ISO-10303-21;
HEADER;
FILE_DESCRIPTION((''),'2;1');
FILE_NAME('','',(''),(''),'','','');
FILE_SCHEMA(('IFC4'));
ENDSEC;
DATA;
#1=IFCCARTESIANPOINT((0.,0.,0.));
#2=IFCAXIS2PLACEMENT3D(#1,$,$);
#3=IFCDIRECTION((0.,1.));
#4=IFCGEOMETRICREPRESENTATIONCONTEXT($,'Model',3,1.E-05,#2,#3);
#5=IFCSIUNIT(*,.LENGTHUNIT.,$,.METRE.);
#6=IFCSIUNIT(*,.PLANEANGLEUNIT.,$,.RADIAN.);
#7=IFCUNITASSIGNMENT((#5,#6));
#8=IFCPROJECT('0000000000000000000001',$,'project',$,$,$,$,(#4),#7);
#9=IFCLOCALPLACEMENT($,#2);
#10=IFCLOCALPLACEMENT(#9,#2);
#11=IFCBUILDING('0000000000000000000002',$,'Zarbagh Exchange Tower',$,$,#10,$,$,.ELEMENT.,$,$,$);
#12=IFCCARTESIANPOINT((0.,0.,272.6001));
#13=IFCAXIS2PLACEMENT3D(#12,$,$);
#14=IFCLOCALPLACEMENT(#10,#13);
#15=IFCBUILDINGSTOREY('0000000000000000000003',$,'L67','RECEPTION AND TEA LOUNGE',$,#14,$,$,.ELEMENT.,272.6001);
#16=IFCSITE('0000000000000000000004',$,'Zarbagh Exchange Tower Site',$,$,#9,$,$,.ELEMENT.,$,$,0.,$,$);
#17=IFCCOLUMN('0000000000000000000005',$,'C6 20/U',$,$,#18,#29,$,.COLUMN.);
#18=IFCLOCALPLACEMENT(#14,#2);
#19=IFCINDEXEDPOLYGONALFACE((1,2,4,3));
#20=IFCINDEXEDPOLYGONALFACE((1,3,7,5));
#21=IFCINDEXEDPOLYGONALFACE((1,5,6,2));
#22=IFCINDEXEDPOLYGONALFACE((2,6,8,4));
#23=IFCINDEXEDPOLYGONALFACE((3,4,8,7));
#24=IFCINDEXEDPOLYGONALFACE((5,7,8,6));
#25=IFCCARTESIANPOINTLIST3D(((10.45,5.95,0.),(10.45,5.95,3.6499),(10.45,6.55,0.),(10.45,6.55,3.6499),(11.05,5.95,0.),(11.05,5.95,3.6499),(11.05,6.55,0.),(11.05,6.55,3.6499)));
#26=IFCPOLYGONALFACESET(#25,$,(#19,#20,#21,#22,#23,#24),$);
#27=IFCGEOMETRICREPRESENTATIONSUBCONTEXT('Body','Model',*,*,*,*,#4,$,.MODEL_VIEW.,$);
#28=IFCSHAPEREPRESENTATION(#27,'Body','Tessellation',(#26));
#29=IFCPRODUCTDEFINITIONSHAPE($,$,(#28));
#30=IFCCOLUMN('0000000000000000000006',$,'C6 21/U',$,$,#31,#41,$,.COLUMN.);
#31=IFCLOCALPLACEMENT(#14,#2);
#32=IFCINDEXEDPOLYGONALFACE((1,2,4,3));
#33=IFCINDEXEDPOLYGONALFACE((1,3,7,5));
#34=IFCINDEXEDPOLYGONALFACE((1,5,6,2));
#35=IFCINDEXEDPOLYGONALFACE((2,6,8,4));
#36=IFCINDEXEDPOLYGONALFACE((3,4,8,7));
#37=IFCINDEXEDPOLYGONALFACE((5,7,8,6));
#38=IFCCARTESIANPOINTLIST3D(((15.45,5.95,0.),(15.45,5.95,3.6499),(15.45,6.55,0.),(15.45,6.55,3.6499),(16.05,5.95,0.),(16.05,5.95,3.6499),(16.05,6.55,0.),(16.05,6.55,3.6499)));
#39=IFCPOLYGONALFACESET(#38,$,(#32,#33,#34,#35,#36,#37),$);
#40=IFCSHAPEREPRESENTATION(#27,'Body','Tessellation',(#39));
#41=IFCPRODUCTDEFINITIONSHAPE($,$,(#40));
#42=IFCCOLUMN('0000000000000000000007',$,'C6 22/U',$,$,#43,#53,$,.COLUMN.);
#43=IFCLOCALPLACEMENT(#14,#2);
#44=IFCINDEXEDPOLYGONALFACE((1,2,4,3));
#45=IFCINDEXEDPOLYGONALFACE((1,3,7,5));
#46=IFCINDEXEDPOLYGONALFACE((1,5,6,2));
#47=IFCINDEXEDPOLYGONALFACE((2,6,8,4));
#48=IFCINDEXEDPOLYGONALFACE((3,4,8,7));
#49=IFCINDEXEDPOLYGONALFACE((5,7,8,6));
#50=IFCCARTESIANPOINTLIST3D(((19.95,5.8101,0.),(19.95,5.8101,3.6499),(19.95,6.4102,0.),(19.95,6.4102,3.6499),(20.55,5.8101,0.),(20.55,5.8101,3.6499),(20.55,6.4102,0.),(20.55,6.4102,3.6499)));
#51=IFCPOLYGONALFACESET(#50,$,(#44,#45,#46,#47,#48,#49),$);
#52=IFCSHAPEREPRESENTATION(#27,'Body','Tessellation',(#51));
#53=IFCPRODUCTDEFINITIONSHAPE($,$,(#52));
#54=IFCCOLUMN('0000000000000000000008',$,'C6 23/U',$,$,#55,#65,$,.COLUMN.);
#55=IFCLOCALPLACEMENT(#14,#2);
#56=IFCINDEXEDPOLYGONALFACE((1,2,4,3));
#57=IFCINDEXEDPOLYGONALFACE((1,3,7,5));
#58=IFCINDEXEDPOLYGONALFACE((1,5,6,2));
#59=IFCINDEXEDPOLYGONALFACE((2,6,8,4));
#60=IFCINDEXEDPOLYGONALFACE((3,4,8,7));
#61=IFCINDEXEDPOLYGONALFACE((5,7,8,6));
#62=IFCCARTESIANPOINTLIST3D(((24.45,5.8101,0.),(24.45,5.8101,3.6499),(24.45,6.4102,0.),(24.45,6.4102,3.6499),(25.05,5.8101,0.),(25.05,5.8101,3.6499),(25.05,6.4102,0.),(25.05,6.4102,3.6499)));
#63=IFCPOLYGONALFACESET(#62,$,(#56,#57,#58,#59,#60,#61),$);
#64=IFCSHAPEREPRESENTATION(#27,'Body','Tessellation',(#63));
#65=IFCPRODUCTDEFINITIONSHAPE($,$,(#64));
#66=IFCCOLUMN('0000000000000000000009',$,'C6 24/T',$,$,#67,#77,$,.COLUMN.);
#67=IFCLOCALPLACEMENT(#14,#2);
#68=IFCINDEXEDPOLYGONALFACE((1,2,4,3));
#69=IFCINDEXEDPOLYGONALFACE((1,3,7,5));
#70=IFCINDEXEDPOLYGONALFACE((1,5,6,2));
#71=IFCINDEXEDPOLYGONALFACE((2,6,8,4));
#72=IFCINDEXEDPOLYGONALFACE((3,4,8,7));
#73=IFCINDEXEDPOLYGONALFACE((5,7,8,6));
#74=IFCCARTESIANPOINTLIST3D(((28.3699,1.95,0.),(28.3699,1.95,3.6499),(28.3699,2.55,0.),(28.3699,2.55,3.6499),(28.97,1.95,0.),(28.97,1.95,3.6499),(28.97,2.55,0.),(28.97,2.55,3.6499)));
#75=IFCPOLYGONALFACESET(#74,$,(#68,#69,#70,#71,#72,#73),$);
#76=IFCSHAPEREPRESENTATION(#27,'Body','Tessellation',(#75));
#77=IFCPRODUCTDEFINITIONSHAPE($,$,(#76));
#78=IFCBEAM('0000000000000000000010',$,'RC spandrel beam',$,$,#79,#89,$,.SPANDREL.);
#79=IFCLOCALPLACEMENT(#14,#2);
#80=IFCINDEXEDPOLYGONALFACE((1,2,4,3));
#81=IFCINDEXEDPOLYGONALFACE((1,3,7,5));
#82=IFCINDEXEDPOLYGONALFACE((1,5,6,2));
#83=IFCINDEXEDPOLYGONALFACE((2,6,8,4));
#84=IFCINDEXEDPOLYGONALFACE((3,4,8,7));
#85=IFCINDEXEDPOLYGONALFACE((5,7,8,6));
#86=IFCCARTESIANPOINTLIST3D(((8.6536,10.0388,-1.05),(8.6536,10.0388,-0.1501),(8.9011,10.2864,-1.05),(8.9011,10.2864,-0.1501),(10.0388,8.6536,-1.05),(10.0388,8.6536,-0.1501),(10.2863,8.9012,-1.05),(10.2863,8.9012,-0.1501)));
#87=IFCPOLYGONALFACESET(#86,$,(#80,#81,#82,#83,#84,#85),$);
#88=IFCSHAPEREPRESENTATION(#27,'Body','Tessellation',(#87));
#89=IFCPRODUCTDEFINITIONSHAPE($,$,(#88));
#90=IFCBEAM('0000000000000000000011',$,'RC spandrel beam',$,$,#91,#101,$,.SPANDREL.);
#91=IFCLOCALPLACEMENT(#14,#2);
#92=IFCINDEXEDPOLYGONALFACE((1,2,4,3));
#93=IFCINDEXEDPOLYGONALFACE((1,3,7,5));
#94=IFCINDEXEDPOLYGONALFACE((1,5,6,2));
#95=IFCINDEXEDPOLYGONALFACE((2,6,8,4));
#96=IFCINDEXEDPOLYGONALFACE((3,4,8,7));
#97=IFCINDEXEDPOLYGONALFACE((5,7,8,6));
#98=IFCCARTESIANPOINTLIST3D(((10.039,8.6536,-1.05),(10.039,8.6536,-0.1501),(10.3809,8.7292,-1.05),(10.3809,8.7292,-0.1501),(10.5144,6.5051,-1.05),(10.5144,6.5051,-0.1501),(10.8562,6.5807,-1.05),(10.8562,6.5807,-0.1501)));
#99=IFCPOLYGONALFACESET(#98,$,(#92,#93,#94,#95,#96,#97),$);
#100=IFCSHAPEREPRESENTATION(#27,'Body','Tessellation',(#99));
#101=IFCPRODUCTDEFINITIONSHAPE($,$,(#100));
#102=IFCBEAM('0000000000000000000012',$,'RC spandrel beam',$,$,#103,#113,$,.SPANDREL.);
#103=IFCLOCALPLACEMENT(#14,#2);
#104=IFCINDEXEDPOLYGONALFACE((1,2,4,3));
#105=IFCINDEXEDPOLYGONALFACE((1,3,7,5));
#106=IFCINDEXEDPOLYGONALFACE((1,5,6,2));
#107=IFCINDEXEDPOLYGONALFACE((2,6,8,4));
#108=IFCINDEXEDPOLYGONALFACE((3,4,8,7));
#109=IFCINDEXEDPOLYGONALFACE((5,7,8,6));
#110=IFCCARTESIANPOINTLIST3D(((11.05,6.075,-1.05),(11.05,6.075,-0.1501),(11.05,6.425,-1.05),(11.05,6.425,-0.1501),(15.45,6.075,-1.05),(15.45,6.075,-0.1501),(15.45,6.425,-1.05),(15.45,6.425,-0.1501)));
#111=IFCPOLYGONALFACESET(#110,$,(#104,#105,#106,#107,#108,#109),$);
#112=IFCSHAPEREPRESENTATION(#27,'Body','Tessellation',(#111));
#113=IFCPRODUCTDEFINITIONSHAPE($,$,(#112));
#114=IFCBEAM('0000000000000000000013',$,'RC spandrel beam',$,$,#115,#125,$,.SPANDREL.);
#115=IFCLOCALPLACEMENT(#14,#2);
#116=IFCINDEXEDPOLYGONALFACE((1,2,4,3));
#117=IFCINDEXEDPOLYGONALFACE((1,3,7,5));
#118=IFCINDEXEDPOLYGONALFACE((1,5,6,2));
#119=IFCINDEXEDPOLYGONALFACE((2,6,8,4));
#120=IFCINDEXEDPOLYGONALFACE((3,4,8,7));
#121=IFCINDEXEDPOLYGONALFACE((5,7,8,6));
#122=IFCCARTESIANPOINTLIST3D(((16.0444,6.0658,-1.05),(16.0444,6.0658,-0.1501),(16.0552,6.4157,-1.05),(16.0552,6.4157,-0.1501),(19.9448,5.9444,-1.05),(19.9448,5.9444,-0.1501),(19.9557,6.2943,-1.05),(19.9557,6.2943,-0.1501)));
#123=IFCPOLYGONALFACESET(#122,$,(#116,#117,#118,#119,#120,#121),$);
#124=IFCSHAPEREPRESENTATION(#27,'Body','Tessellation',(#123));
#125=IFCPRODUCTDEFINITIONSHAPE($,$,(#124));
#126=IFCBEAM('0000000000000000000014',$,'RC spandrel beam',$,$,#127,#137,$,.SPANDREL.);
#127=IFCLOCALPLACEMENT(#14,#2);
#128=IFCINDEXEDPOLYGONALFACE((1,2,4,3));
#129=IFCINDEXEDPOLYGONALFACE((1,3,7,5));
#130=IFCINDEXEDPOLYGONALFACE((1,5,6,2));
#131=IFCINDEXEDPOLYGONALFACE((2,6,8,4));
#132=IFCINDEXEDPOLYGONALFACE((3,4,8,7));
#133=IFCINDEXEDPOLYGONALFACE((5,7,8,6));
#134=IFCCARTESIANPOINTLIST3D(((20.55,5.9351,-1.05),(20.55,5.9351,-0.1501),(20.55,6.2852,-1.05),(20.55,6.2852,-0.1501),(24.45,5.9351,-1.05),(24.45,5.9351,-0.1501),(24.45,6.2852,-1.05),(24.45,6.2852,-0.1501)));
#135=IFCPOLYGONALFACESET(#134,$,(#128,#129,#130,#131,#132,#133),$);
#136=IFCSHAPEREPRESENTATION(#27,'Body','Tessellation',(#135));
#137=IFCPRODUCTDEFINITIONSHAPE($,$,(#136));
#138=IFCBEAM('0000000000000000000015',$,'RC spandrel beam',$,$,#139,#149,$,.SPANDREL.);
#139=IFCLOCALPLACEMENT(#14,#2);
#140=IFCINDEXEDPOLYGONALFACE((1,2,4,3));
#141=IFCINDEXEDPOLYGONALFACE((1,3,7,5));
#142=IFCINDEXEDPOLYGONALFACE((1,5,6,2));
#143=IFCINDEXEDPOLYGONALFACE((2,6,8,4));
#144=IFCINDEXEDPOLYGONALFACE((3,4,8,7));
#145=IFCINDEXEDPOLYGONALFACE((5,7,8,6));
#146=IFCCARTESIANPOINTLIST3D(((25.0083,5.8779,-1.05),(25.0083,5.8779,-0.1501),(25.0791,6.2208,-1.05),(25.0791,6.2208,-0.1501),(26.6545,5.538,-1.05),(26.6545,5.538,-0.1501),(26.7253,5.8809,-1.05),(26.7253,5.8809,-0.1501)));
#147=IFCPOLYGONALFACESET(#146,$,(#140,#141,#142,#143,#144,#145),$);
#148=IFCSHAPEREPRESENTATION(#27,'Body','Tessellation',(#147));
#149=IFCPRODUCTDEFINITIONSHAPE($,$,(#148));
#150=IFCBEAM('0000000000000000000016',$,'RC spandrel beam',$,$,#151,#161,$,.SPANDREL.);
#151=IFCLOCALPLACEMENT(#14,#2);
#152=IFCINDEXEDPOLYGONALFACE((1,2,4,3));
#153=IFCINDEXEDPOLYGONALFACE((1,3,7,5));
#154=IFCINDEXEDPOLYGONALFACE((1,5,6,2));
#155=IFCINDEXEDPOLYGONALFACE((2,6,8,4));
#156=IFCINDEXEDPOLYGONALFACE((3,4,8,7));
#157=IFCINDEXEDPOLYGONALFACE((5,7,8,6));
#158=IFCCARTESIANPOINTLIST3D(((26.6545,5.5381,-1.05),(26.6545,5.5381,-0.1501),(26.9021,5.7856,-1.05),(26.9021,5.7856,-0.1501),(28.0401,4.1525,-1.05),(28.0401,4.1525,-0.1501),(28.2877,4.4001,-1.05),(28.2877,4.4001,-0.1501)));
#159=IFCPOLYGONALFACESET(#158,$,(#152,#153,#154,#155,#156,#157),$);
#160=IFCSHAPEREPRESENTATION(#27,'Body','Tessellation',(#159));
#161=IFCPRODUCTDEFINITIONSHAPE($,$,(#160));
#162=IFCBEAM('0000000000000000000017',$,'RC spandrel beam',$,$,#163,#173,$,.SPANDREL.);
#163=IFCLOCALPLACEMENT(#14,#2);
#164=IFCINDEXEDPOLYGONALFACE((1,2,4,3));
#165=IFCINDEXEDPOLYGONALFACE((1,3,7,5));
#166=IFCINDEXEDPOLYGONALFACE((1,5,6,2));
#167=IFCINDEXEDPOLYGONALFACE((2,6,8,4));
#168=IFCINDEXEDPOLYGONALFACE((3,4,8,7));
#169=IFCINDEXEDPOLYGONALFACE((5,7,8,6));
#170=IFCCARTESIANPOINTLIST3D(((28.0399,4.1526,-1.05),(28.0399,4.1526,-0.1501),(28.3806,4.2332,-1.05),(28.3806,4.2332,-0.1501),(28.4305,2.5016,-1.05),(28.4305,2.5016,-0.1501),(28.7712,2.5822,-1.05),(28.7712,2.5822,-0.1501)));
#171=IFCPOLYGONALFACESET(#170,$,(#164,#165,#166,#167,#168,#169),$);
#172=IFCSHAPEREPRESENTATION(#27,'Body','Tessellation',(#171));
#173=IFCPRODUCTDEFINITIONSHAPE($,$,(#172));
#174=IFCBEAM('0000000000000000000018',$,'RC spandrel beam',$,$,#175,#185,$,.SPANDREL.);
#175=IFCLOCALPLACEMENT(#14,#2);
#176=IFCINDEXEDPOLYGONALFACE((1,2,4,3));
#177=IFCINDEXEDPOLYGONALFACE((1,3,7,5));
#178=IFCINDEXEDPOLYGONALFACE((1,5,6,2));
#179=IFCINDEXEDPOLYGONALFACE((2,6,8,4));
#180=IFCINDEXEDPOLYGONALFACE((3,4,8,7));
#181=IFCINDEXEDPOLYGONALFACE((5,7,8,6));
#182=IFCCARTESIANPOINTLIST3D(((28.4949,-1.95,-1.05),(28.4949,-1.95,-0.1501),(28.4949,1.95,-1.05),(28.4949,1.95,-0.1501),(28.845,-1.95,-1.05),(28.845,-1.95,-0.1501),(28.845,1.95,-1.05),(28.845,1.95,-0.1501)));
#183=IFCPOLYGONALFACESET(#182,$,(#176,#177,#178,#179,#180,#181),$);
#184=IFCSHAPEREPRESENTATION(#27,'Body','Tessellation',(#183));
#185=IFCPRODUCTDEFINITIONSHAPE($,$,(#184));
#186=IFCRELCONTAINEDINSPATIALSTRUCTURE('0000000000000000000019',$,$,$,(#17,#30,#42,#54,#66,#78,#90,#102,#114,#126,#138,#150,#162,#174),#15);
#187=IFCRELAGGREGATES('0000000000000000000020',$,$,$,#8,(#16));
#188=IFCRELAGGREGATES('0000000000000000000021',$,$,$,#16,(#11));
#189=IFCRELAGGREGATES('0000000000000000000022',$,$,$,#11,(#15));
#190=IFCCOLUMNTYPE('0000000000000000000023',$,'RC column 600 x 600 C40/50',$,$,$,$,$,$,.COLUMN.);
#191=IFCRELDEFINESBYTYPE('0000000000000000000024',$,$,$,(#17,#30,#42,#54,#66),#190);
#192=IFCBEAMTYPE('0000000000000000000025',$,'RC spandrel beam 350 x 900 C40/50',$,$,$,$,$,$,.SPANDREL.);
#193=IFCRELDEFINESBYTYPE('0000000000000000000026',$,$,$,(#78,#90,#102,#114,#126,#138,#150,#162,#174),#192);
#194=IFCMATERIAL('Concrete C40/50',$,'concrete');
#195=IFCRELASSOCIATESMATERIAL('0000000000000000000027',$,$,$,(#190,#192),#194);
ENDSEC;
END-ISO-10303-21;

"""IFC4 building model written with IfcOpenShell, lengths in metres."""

from ifc_helpers import new_model, si_unit, direction, frame, origin, origin_2d, place, context, subcontext, project, spatial, rectangle, extrude, material, material_profile, profile_set, type_object, element, save


model = new_model("IFC4")

# Units and contexts
model_context = context("Model", 3, precision=1e-05, world=origin(), true_north=direction((0.0, 1.0)))
body_context = subcontext(model_context, "Body", "Model", "MODEL_VIEW")
ifc_project = project(units=[si_unit("LENGTHUNIT", "METRE"), si_unit("PLANEANGLEUNIT", "RADIAN")], contexts=[model_context])

# Site, building, storey
site_placement = place(None, origin())
site = spatial("IfcSite", under=ifc_project, at=site_placement, Name="Zarbagh Exchange Tower Site", CompositionType="ELEMENT", RefElevation=0.0)
building_placement = place(site_placement, origin())
building = spatial("IfcBuilding", under=site, at=building_placement, Name="Zarbagh Exchange Tower", CompositionType="ELEMENT")
storey_placement = place(building_placement, frame((0.0, 0.0, 272.6001)))
storey = spatial("IfcBuildingStorey", under=building, at=storey_placement, Name="L67", Description="RECEPTION AND TEA LOUNGE", CompositionType="ELEMENT", Elevation=272.6001)

# Columns
ifc_material_1 = material(Name="Concrete C40/50", Category="concrete")
ifc_material_profile_1 = material_profile(ifc_material_1, rectangle(XDim=0.6001, YDim=0.6001, at=origin_2d()), Name="RC column 600 x 600 C40/50")
ifc_profile_set_1 = profile_set([ifc_material_profile_1], Name="Concrete C40/50")
column_type = type_object("IfcColumnType", Name="RC column 600 x 600 C40/50", PredefinedType="COLUMN", material=ifc_profile_set_1)
for number, where, z_axis, x_axis, name in (
    (1, (10.75, 6.25, 0.0), (0.0, 0.0, 1.0), (1.0, 0.0, 0.0), "C6 20/U"),
    (2, (15.75, 6.25, 0.0), (0.0, 0.0, 1.0), (1.0, 0.0, 0.0), "C6 21/U"),
    (3, (20.25, 6.1101, 0.0), (0.0, 0.0, 1.0), (1.0, 0.0, 0.0), "C6 22/U"),
    (4, (24.75, 6.1101, 0.0), (0.0, 0.0, 1.0), (1.0, 0.0, 0.0), "C6 23/U"),
    (5, (28.6699, 2.25, 0.0), (0.0, 0.0, 1.0), (1.0, 0.0, 0.0), "C6 24/T"),
):
    element("IfcColumn", number, at=place(storey_placement, frame(where, z_axis=z_axis, x_axis=x_axis)), inside=storey, type_object=column_type, Name=name, PredefinedType="COLUMN", context=body_context, shape_type="SweptSolid", body=[
        extrude(rectangle(XDim=0.6001, YDim=0.6001, at=origin_2d()), origin(), (0.0, 0.0, 1.0), 3.6499),
    ])

# Beams
ifc_material_profile_2 = material_profile(ifc_material_1, rectangle(XDim=0.3501, YDim=0.8999, at=origin_2d()), Name="RC spandrel beam 350 x 900 C40/50")
ifc_profile_set_2 = profile_set([ifc_material_profile_2], Name="Concrete C40/50")
beam_type = type_object("IfcBeamType", Name="RC spandrel beam 350 x 900 C40/50", PredefinedType="SPANDREL", material=ifc_profile_set_2)
beam_1_placement = place(storey_placement, frame((8.7773, 10.1626, -0.6001), z_axis=(0.707107, -0.707107, 0.0), x_axis=(0.707107, 0.707107, 0.0)))
element("IfcBeam", 6, at=beam_1_placement, inside=storey, type_object=beam_type, Name="RC spandrel beam", PredefinedType="SPANDREL", context=body_context, shape_type="SweptSolid", body=[
    extrude(rectangle(XDim=0.3501, YDim=0.8999, at=origin_2d()), origin(), (0.0, 0.0, 1.0), 1.959),
])
beam_2_placement = place(storey_placement, frame((10.21, 8.6914, -0.6001), z_axis=(0.216026, -0.976388, 0.0), x_axis=(0.976388, 0.216026, 0.0)))
element("IfcBeam", 7, at=beam_2_placement, inside=storey, type_object=beam_type, Name="RC spandrel beam", PredefinedType="SPANDREL", context=body_context, shape_type="SweptSolid", body=[
    extrude(rectangle(XDim=0.3501, YDim=0.8999, at=origin_2d()), origin(), (0.0, 0.0, 1.0), 2.2004),
])
beam_3_placement = place(storey_placement, frame((11.05, 6.25, -0.6001), z_axis=(1.0, 0.0, 0.0), x_axis=(0.0, 1.0, 0.0)))
element("IfcBeam", 8, at=beam_3_placement, inside=storey, type_object=beam_type, Name="RC spandrel beam", PredefinedType="SPANDREL", context=body_context, shape_type="SweptSolid", body=[
    extrude(rectangle(XDim=0.3501, YDim=0.8999, at=origin_2d()), origin(), (0.0, 0.0, 1.0), 4.3999),
])
beam_4_placement = place(storey_placement, frame((16.0498, 6.2407, -0.6001), z_axis=(0.999516, -0.031094, 0.0), x_axis=(0.031094, 0.999516, 0.0)))
element("IfcBeam", 9, at=beam_4_placement, inside=storey, type_object=beam_type, Name="RC spandrel beam", PredefinedType="SPANDREL", context=body_context, shape_type="SweptSolid", body=[
    extrude(rectangle(XDim=0.3501, YDim=0.8999, at=origin_2d()), origin(), (0.0, 0.0, 1.0), 3.9023),
])
beam_5_placement = place(storey_placement, frame((20.55, 6.1101, -0.6001), z_axis=(1.0, 0.0, 0.0), x_axis=(0.0, 1.0, 0.0)))
element("IfcBeam", 10, at=beam_5_placement, inside=storey, type_object=beam_type, Name="RC spandrel beam", PredefinedType="SPANDREL", context=body_context, shape_type="SweptSolid", body=[
    extrude(rectangle(XDim=0.3501, YDim=0.8999, at=origin_2d()), origin(), (0.0, 0.0, 1.0), 3.8999),
])
beam_6_placement = place(storey_placement, frame((25.0437, 6.0493, -0.6001), z_axis=(0.97935, -0.202173, 0.0), x_axis=(0.202173, 0.97935, 0.0)))
element("IfcBeam", 11, at=beam_6_placement, inside=storey, type_object=beam_type, Name="RC spandrel beam", PredefinedType="SPANDREL", context=body_context, shape_type="SweptSolid", body=[
    extrude(rectangle(XDim=0.3501, YDim=0.8999, at=origin_2d()), origin(), (0.0, 0.0, 1.0), 1.6809),
])
beam_7_placement = place(storey_placement, frame((26.7783, 5.6619, -0.6001), z_axis=(0.707107, -0.707107, 0.0), x_axis=(0.707107, 0.707107, 0.0)))
element("IfcBeam", 12, at=beam_7_placement, inside=storey, type_object=beam_type, Name="RC spandrel beam", PredefinedType="SPANDREL", context=body_context, shape_type="SweptSolid", body=[
    extrude(rectangle(XDim=0.3501, YDim=0.8999, at=origin_2d()), origin(), (0.0, 0.0, 1.0), 1.9595),
])
beam_8_placement = place(storey_placement, frame((28.2102, 4.1929, -0.6001), z_axis=(0.230258, -0.97313, 0.0), x_axis=(0.97313, 0.230258, 0.0)))
element("IfcBeam", 13, at=beam_8_placement, inside=storey, type_object=beam_type, Name="RC spandrel beam", PredefinedType="SPANDREL", context=body_context, shape_type="SweptSolid", body=[
    extrude(rectangle(XDim=0.3501, YDim=0.8999, at=origin_2d()), origin(), (0.0, 0.0, 1.0), 1.6965),
])
beam_9_placement = place(storey_placement, frame((28.6699, 1.95, -0.6001), z_axis=(0.0, -1.0, 0.0), x_axis=(1.0, 0.0, 0.0)))
element("IfcBeam", 14, at=beam_9_placement, inside=storey, type_object=beam_type, Name="RC spandrel beam", PredefinedType="SPANDREL", context=body_context, shape_type="SweptSolid", body=[
    extrude(rectangle(XDim=0.3501, YDim=0.8999, at=origin_2d()), origin(), (0.0, 0.0, 1.0), 3.8999),
])

save(model, "model.ifc")
